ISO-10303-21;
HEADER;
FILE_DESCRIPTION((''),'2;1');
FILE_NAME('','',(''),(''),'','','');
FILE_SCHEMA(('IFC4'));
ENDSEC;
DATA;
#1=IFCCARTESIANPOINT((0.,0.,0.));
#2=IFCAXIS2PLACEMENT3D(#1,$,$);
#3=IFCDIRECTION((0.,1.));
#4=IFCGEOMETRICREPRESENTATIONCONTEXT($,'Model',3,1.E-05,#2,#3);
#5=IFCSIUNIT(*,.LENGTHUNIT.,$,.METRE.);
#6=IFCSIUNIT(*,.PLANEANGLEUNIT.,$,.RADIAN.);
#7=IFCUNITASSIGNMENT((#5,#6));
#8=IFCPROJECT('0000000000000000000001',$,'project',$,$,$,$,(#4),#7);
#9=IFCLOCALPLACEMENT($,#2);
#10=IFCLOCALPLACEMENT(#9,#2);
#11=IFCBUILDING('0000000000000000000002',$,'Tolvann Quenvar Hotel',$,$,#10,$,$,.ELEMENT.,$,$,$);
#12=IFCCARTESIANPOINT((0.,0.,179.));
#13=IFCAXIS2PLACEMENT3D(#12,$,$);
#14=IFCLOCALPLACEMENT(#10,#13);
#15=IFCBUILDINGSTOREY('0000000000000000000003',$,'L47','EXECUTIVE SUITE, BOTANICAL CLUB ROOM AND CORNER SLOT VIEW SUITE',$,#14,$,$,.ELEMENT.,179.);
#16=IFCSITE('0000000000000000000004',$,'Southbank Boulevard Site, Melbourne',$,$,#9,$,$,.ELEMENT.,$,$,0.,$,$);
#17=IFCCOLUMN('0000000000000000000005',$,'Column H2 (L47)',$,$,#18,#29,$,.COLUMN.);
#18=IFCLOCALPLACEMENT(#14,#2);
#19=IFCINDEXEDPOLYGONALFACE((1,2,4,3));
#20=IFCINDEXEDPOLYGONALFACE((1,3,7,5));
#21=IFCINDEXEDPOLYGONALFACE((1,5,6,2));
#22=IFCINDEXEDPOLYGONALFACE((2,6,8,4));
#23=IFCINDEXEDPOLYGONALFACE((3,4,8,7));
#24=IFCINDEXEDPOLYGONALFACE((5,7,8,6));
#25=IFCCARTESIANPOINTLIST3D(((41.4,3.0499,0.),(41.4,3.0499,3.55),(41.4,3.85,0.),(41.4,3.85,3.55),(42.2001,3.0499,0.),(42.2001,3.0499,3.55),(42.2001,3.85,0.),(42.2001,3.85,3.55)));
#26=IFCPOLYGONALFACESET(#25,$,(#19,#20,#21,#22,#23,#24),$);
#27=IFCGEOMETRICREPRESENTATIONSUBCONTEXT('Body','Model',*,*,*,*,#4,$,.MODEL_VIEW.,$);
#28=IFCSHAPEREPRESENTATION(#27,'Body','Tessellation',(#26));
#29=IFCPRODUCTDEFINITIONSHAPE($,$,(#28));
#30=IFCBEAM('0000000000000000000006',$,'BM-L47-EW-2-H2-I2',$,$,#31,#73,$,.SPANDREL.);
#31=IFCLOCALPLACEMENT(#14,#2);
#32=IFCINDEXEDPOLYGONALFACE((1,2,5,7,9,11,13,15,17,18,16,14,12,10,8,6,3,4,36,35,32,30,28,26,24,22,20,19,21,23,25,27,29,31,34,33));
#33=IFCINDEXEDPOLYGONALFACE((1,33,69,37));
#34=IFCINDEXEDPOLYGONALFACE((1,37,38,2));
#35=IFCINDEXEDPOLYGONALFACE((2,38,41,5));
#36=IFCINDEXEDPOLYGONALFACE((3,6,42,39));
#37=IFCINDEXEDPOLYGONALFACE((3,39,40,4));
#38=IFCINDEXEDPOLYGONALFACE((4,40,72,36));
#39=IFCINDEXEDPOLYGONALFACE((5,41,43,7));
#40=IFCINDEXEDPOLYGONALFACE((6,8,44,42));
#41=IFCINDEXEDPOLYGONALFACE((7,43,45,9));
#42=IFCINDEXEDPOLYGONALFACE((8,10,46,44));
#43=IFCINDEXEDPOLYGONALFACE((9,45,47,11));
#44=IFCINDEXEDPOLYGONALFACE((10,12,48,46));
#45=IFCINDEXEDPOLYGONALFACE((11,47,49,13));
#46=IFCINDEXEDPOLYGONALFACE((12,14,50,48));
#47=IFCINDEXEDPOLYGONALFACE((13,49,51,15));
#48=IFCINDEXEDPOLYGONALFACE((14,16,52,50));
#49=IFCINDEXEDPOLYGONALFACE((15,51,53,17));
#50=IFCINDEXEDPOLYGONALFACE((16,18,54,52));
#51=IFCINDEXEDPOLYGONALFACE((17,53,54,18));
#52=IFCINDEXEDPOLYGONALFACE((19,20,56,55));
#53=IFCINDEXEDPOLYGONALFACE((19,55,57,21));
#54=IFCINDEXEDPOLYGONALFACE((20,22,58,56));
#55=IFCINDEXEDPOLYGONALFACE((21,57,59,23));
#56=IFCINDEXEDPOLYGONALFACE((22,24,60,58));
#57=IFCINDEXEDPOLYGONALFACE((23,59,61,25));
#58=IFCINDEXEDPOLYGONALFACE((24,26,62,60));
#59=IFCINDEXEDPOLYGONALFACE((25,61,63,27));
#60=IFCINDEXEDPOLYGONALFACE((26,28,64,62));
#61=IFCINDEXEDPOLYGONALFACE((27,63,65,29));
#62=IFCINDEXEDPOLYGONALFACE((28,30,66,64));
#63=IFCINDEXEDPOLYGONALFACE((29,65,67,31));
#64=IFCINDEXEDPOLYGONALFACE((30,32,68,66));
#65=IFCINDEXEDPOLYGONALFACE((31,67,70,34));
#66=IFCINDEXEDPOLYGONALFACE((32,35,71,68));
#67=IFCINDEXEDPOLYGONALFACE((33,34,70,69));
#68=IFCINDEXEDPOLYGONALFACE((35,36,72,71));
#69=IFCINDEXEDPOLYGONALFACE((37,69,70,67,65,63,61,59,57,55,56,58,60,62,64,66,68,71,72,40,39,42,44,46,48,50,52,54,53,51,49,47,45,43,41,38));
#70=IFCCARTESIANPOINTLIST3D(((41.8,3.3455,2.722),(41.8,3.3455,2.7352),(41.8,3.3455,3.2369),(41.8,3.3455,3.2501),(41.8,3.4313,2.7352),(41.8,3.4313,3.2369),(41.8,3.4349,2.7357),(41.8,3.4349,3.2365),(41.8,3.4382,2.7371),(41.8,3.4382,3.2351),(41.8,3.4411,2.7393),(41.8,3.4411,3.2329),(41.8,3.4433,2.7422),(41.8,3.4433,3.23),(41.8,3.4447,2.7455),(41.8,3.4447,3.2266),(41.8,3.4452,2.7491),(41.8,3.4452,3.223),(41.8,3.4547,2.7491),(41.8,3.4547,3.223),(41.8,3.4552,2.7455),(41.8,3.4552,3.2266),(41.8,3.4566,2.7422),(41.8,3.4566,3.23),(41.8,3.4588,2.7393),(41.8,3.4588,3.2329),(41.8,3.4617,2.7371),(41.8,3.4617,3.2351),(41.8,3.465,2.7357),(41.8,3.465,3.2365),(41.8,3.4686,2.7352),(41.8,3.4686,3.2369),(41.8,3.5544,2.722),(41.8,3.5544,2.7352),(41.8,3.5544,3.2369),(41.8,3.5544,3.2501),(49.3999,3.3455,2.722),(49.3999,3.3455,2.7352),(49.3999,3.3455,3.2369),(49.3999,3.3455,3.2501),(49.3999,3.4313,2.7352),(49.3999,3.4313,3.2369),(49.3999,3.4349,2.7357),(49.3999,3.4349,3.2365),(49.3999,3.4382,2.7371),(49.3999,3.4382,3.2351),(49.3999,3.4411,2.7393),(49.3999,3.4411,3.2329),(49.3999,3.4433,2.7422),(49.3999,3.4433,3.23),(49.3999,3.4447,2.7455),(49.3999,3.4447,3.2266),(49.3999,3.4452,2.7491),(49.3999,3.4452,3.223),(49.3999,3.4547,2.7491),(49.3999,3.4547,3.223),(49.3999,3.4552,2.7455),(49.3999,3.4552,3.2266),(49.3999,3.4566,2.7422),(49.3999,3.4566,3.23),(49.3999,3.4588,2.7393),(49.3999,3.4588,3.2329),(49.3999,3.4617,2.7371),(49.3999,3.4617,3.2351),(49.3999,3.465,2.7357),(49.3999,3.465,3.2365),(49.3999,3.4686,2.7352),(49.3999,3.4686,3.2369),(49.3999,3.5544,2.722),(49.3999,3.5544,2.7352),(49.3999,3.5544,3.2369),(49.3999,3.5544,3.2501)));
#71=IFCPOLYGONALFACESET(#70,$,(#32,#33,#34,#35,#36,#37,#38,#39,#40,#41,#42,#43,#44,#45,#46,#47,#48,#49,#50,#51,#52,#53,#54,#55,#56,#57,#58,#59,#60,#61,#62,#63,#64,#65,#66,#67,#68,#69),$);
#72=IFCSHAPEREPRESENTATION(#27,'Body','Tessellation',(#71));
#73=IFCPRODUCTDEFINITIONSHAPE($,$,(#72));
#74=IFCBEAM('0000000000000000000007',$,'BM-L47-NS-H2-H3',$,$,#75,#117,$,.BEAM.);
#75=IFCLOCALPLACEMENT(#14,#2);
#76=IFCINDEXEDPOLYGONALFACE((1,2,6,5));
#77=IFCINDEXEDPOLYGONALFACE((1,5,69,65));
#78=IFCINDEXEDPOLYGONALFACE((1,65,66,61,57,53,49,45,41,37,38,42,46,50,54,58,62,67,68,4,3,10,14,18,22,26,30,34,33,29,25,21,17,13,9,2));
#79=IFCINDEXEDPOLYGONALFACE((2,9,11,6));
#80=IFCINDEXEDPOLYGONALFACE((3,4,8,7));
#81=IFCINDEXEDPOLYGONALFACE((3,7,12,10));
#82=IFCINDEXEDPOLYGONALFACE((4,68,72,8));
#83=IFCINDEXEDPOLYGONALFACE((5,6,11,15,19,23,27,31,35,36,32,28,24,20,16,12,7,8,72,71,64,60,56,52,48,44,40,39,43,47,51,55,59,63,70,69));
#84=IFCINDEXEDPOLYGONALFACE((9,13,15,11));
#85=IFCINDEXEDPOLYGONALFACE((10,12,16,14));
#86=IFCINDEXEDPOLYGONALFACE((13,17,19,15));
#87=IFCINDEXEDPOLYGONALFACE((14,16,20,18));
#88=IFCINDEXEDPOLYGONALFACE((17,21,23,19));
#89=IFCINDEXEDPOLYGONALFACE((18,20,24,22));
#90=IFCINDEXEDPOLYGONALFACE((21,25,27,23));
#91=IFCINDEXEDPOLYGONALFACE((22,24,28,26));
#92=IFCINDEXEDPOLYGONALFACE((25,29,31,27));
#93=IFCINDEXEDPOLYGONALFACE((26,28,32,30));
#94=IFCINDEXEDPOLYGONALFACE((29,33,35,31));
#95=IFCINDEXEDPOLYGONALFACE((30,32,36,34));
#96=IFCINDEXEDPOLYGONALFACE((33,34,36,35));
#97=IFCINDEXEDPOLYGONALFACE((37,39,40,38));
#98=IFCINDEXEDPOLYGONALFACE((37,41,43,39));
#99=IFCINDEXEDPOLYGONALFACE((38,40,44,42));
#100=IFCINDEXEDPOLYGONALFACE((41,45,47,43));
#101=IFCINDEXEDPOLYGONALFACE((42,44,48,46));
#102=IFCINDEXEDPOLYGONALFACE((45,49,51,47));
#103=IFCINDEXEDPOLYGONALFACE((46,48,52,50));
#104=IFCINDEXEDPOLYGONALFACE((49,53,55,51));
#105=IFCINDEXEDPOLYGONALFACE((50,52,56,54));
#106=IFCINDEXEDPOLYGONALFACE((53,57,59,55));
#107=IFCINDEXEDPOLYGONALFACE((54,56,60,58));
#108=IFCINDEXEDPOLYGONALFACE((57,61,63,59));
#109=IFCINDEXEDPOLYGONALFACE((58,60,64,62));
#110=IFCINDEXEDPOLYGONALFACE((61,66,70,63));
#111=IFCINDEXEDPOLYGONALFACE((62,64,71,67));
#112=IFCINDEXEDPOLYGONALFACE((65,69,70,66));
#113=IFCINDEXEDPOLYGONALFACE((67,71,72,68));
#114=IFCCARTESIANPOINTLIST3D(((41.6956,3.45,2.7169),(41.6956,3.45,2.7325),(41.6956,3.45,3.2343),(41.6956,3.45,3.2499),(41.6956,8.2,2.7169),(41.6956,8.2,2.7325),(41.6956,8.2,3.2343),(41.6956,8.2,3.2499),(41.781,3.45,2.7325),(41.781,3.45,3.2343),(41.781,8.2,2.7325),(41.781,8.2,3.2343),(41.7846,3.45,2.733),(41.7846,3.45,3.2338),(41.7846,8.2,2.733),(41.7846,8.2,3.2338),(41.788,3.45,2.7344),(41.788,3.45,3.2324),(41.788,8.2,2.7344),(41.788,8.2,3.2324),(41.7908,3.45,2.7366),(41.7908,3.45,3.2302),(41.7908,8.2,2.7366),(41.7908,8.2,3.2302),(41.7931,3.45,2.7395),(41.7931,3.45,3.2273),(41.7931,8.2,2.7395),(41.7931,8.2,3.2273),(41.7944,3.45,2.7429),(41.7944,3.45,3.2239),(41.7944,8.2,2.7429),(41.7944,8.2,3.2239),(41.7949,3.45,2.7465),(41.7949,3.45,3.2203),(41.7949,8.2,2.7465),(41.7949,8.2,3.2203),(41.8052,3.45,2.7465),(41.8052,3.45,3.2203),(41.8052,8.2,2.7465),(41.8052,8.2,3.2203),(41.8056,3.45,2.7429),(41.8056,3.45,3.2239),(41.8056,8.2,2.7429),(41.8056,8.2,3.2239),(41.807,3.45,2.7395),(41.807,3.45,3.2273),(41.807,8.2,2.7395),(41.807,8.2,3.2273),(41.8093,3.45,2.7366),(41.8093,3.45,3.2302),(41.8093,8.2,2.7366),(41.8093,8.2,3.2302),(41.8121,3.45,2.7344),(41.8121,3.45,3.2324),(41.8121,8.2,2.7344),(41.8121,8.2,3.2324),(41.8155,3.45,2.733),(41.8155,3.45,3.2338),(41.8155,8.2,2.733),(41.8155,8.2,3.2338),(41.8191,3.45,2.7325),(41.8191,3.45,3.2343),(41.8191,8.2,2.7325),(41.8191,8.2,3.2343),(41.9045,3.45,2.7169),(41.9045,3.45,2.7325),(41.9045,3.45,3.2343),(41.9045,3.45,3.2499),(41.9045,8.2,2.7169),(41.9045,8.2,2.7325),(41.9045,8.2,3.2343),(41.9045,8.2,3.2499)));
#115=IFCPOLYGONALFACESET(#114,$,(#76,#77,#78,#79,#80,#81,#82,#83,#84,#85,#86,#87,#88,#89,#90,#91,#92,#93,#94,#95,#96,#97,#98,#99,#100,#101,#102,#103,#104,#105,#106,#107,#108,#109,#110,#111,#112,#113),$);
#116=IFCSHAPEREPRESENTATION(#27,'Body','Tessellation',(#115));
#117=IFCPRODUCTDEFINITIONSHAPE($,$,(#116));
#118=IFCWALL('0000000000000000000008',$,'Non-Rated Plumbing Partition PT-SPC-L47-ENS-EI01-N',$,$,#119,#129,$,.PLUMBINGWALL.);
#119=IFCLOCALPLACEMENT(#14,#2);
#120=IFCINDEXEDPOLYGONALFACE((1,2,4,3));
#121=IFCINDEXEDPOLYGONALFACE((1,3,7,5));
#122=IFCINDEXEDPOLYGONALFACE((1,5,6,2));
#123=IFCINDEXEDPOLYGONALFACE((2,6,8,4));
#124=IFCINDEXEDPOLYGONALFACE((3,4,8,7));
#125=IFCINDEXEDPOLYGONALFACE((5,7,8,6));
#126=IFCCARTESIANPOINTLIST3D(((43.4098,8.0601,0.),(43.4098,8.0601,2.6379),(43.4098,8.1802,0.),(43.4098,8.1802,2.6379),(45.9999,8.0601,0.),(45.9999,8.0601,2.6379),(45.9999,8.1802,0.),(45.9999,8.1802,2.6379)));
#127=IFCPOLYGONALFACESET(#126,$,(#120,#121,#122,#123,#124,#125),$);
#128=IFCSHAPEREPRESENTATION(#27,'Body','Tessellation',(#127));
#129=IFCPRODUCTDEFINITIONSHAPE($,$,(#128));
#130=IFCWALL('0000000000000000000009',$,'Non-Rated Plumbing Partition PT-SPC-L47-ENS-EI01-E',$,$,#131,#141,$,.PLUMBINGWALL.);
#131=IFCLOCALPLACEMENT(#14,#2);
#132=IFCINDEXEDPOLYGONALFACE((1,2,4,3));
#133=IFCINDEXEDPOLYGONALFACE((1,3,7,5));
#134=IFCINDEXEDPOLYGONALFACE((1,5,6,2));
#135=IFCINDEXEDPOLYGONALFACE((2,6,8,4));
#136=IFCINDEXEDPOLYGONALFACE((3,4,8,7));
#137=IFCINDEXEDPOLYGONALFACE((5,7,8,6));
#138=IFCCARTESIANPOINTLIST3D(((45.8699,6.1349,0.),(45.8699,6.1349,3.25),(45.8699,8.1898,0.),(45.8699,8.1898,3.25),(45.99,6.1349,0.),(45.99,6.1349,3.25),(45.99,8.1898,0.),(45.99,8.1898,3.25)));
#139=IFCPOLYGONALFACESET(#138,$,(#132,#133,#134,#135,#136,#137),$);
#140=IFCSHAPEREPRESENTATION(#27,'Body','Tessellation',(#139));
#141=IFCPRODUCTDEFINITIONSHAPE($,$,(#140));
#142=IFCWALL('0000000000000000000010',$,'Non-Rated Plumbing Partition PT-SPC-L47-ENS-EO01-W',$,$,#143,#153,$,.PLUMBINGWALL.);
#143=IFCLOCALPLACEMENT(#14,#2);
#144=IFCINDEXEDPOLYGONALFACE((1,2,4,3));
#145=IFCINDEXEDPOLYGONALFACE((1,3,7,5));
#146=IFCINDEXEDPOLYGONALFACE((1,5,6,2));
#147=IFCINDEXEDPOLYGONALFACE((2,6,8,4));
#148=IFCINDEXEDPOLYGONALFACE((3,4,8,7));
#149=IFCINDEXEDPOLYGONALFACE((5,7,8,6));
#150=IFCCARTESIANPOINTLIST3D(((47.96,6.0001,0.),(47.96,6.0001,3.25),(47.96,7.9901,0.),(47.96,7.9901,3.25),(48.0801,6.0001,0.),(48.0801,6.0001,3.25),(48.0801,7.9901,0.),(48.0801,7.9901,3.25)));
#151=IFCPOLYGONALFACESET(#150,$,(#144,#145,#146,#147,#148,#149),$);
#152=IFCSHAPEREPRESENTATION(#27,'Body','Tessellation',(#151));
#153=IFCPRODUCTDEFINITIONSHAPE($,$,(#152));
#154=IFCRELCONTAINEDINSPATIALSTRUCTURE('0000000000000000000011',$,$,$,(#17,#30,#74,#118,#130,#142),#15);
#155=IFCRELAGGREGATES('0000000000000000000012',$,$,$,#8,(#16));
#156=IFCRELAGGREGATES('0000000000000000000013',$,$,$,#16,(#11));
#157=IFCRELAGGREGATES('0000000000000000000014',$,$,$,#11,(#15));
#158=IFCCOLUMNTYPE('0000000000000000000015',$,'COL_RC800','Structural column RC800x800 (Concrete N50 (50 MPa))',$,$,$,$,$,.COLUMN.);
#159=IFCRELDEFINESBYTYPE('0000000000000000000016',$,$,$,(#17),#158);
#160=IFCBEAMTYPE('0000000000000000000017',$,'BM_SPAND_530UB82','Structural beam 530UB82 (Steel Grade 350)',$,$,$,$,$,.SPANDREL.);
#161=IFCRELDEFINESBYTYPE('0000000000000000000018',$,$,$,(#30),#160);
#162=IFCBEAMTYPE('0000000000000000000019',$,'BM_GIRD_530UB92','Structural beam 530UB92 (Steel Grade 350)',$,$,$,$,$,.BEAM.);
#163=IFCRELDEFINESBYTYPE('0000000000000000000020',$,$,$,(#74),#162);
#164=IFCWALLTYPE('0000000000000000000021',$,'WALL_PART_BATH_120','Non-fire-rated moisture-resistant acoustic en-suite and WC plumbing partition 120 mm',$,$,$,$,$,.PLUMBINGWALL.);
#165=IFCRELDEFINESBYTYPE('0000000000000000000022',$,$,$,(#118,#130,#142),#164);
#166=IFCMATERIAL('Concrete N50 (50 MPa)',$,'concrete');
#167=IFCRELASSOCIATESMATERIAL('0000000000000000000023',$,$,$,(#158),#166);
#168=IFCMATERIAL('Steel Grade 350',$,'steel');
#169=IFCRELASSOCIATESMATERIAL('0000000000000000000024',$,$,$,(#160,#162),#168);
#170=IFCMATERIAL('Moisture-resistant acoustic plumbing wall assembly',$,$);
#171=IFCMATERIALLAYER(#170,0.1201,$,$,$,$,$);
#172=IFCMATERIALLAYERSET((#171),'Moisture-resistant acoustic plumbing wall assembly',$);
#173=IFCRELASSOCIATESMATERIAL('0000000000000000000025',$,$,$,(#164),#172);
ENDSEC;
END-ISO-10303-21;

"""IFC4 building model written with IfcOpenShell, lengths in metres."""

from ifc_helpers import new_model, si_unit, direction, frame, frame_2d, origin, origin_2d, place, context, subcontext, project, spatial, rectangle, i_section, extrude, source, transform, mapped, material, layer, layer_set, material_profile, profile_set, type_object, type_shapes, element, save


model = new_model("IFC4")

# Units and contexts
model_context = context("Model", 3, precision=1e-05, world=origin(), true_north=direction((0.0, 1.0)))
body_context = subcontext(model_context, "Body", "Model", "MODEL_VIEW")
ifc_project = project(units=[si_unit("LENGTHUNIT", "METRE"), si_unit("PLANEANGLEUNIT", "RADIAN")], contexts=[model_context])

# Site, building, storey
site_placement = place(None, origin())
site = spatial("IfcSite", under=ifc_project, at=site_placement, Name="Southbank Boulevard Site, Melbourne", CompositionType="ELEMENT", RefElevation=0.0)
building_placement = place(site_placement, origin())
building = spatial("IfcBuilding", under=site, at=building_placement, Name="Tolvann Quenvar Hotel", CompositionType="ELEMENT")
storey_placement = place(building_placement, frame((0.0, 0.0, 179.0)))
storey = spatial("IfcBuildingStorey", under=building, at=storey_placement, Name="L47", Description="EXECUTIVE SUITE, BOTANICAL CLUB ROOM AND CORNER SLOT VIEW SUITE", CompositionType="ELEMENT", Elevation=179.0)

# Column
ifc_material_1 = material(Name="Concrete N50 (50 MPa)", Category="concrete")
ifc_material_profile_1 = material_profile(ifc_material_1, rectangle(XDim=0.8, YDim=0.8, at=origin_2d()), Name="RC800x800")
ifc_profile_set_1 = profile_set([ifc_material_profile_1], Name="Concrete N50 (50 MPa)")
column_type = type_object("IfcColumnType", Name="COL_RC800", Description="Structural column RC800x800 (Concrete N50 (50 MPa))", PredefinedType="COLUMN", material=ifc_profile_set_1)
shared_shape_1 = source(origin(), body_context, "Body", "SweptSolid", [
    extrude(rectangle(XDim=0.8, YDim=0.8, at=origin_2d()), origin(), (0.0, 0.0, 1.0), 3.55),
])
type_shapes(column_type, [shared_shape_1])
column_placement = place(storey_placement, frame((41.8, 3.45, 0.0), z_axis=(0.0, 0.0, 1.0), x_axis=(1.0, 0.0, 0.0)))
element("IfcColumn", 1, at=column_placement, inside=storey, type_object=column_type, Name="Column H2 (L47)", PredefinedType="COLUMN", context=body_context, shape_type="MappedRepresentation", body=[
    mapped(shared_shape_1, transform((0.0, 0.0, 0.0), x_axis=(1.0, 0.0, 0.0), y_axis=(0.0, 1.0, 0.0), z_axis=(0.0, 0.0, 1.0), scale=1.0)),
])

# Beams
ifc_material_2 = material(Name="Steel Grade 350", Category="steel")
ifc_material_profile_2 = material_profile(ifc_material_2, i_section(OverallWidth=0.209, OverallDepth=0.5281, WebThickness=0.0095, FlangeThickness=0.0132, FilletRadius=0.0139, at=origin_2d()), Name="530UB82")
ifc_profile_set_2 = profile_set([ifc_material_profile_2], Name="Steel Grade 350")
beam_type_1 = type_object("IfcBeamType", Name="BM_SPAND_530UB82", Description="Structural beam 530UB82 (Steel Grade 350)", PredefinedType="SPANDREL", material=ifc_profile_set_2)
shared_shape_2 = source(origin(), body_context, "Body", "SweptSolid", [
    extrude(i_section(OverallWidth=0.209, OverallDepth=0.5281, WebThickness=0.0095, FlangeThickness=0.0132, FilletRadius=0.0139, at=origin_2d()), origin(), (0.0, 0.0, 1.0), 7.5999),
])
type_shapes(beam_type_1, [shared_shape_2])
beam_1_placement = place(storey_placement, frame((41.8, 3.45, 2.9861), z_axis=(1.0, 0.0, 0.0), x_axis=(0.0, 1.0, 0.0)))
element("IfcBeam", 2, at=beam_1_placement, inside=storey, type_object=beam_type_1, Name="BM-L47-EW-2-H2-I2", PredefinedType="SPANDREL", context=body_context, shape_type="MappedRepresentation", body=[
    mapped(shared_shape_2, transform((0.0, 0.0, 0.0), x_axis=(1.0, 0.0, 0.0), y_axis=(0.0, 1.0, 0.0), z_axis=(0.0, 0.0, 1.0), scale=1.0)),
])
ifc_material_profile_3 = material_profile(ifc_material_2, i_section(OverallWidth=0.209, OverallDepth=0.533, WebThickness=0.0103, FlangeThickness=0.0156, FilletRadius=0.0139, at=origin_2d()), Name="530UB92")
ifc_profile_set_3 = profile_set([ifc_material_profile_3], Name="Steel Grade 350")
beam_type_2 = type_object("IfcBeamType", Name="BM_GIRD_530UB92", Description="Structural beam 530UB92 (Steel Grade 350)", PredefinedType="BEAM", material=ifc_profile_set_3)
shared_shape_3 = source(origin(), body_context, "Body", "SweptSolid", [
    extrude(i_section(OverallWidth=0.209, OverallDepth=0.533, WebThickness=0.0103, FlangeThickness=0.0156, FilletRadius=0.0139, at=origin_2d()), origin(), (0.0, 0.0, 1.0), 4.75),
])
type_shapes(beam_type_2, [shared_shape_3])
beam_2_placement = place(storey_placement, frame((41.8, 3.45, 2.9834), z_axis=(0.0, 1.0, 0.0), x_axis=(-1.0, 0.0, 0.0)))
element("IfcBeam", 3, at=beam_2_placement, inside=storey, type_object=beam_type_2, Name="BM-L47-NS-H2-H3", PredefinedType="BEAM", context=body_context, shape_type="MappedRepresentation", body=[
    mapped(shared_shape_3, transform((0.0, 0.0, 0.0), x_axis=(1.0, 0.0, 0.0), y_axis=(0.0, 1.0, 0.0), z_axis=(0.0, 0.0, 1.0), scale=1.0)),
])

# Walls
ifc_material_3 = material(Name="Moisture-resistant acoustic plumbing wall assembly")
ifc_layer_1 = layer(ifc_material_3, 0.1201)
ifc_layer_set_1 = layer_set([ifc_layer_1], Name="Moisture-resistant acoustic plumbing wall assembly")
wall_type_1 = type_object("IfcWallType", Name="WALL_PART_BATH_120", Description="Non-fire-rated moisture-resistant acoustic en-suite and WC plumbing partition 120 mm", PredefinedType="PLUMBINGWALL", material=ifc_layer_set_1)
wall_1_placement = place(storey_placement, frame((43.4099, 8.1201, 0.0), z_axis=(0.0, 0.0, 1.0), x_axis=(1.0, 0.0, 0.0)))
element("IfcWall", 4, at=wall_1_placement, inside=storey, type_object=wall_type_1, Name="Non-Rated Plumbing Partition PT-SPC-L47-ENS-EI01-N", PredefinedType="PLUMBINGWALL", context=body_context, shape_type="SweptSolid", body=[
    extrude(rectangle(XDim=2.5901, YDim=0.1201, at=frame_2d((1.2949, 0.0))), origin(), (0.0, 0.0, 1.0), 2.6379),
])
wall_2_placement = place(storey_placement, frame((45.9299, 6.135, 0.0), z_axis=(0.0, 0.0, 1.0), x_axis=(0.0, 1.0, 0.0)))
element("IfcWall", 5, at=wall_2_placement, inside=storey, type_object=wall_type_1, Name="Non-Rated Plumbing Partition PT-SPC-L47-ENS-EI01-E", PredefinedType="PLUMBINGWALL", context=body_context, shape_type="SweptSolid", body=[
    extrude(rectangle(XDim=2.0549, YDim=0.1201, at=frame_2d((1.0273, 0.0))), origin(), (0.0, 0.0, 1.0), 3.25),
])
wall_3_placement = place(storey_placement, frame((48.02, 6.0, 0.0), z_axis=(0.0, 0.0, 1.0), x_axis=(0.0, 1.0, 0.0)))
element("IfcWall", 6, at=wall_3_placement, inside=storey, type_object=wall_type_1, Name="Non-Rated Plumbing Partition PT-SPC-L47-ENS-EO01-W", PredefinedType="PLUMBINGWALL", context=body_context, shape_type="SweptSolid", body=[
    extrude(rectangle(XDim=1.99, YDim=0.1201, at=frame_2d((0.9951, 0.0))), origin(), (0.0, 0.0, 1.0), 3.25),
])

save(model, "model.ifc")
